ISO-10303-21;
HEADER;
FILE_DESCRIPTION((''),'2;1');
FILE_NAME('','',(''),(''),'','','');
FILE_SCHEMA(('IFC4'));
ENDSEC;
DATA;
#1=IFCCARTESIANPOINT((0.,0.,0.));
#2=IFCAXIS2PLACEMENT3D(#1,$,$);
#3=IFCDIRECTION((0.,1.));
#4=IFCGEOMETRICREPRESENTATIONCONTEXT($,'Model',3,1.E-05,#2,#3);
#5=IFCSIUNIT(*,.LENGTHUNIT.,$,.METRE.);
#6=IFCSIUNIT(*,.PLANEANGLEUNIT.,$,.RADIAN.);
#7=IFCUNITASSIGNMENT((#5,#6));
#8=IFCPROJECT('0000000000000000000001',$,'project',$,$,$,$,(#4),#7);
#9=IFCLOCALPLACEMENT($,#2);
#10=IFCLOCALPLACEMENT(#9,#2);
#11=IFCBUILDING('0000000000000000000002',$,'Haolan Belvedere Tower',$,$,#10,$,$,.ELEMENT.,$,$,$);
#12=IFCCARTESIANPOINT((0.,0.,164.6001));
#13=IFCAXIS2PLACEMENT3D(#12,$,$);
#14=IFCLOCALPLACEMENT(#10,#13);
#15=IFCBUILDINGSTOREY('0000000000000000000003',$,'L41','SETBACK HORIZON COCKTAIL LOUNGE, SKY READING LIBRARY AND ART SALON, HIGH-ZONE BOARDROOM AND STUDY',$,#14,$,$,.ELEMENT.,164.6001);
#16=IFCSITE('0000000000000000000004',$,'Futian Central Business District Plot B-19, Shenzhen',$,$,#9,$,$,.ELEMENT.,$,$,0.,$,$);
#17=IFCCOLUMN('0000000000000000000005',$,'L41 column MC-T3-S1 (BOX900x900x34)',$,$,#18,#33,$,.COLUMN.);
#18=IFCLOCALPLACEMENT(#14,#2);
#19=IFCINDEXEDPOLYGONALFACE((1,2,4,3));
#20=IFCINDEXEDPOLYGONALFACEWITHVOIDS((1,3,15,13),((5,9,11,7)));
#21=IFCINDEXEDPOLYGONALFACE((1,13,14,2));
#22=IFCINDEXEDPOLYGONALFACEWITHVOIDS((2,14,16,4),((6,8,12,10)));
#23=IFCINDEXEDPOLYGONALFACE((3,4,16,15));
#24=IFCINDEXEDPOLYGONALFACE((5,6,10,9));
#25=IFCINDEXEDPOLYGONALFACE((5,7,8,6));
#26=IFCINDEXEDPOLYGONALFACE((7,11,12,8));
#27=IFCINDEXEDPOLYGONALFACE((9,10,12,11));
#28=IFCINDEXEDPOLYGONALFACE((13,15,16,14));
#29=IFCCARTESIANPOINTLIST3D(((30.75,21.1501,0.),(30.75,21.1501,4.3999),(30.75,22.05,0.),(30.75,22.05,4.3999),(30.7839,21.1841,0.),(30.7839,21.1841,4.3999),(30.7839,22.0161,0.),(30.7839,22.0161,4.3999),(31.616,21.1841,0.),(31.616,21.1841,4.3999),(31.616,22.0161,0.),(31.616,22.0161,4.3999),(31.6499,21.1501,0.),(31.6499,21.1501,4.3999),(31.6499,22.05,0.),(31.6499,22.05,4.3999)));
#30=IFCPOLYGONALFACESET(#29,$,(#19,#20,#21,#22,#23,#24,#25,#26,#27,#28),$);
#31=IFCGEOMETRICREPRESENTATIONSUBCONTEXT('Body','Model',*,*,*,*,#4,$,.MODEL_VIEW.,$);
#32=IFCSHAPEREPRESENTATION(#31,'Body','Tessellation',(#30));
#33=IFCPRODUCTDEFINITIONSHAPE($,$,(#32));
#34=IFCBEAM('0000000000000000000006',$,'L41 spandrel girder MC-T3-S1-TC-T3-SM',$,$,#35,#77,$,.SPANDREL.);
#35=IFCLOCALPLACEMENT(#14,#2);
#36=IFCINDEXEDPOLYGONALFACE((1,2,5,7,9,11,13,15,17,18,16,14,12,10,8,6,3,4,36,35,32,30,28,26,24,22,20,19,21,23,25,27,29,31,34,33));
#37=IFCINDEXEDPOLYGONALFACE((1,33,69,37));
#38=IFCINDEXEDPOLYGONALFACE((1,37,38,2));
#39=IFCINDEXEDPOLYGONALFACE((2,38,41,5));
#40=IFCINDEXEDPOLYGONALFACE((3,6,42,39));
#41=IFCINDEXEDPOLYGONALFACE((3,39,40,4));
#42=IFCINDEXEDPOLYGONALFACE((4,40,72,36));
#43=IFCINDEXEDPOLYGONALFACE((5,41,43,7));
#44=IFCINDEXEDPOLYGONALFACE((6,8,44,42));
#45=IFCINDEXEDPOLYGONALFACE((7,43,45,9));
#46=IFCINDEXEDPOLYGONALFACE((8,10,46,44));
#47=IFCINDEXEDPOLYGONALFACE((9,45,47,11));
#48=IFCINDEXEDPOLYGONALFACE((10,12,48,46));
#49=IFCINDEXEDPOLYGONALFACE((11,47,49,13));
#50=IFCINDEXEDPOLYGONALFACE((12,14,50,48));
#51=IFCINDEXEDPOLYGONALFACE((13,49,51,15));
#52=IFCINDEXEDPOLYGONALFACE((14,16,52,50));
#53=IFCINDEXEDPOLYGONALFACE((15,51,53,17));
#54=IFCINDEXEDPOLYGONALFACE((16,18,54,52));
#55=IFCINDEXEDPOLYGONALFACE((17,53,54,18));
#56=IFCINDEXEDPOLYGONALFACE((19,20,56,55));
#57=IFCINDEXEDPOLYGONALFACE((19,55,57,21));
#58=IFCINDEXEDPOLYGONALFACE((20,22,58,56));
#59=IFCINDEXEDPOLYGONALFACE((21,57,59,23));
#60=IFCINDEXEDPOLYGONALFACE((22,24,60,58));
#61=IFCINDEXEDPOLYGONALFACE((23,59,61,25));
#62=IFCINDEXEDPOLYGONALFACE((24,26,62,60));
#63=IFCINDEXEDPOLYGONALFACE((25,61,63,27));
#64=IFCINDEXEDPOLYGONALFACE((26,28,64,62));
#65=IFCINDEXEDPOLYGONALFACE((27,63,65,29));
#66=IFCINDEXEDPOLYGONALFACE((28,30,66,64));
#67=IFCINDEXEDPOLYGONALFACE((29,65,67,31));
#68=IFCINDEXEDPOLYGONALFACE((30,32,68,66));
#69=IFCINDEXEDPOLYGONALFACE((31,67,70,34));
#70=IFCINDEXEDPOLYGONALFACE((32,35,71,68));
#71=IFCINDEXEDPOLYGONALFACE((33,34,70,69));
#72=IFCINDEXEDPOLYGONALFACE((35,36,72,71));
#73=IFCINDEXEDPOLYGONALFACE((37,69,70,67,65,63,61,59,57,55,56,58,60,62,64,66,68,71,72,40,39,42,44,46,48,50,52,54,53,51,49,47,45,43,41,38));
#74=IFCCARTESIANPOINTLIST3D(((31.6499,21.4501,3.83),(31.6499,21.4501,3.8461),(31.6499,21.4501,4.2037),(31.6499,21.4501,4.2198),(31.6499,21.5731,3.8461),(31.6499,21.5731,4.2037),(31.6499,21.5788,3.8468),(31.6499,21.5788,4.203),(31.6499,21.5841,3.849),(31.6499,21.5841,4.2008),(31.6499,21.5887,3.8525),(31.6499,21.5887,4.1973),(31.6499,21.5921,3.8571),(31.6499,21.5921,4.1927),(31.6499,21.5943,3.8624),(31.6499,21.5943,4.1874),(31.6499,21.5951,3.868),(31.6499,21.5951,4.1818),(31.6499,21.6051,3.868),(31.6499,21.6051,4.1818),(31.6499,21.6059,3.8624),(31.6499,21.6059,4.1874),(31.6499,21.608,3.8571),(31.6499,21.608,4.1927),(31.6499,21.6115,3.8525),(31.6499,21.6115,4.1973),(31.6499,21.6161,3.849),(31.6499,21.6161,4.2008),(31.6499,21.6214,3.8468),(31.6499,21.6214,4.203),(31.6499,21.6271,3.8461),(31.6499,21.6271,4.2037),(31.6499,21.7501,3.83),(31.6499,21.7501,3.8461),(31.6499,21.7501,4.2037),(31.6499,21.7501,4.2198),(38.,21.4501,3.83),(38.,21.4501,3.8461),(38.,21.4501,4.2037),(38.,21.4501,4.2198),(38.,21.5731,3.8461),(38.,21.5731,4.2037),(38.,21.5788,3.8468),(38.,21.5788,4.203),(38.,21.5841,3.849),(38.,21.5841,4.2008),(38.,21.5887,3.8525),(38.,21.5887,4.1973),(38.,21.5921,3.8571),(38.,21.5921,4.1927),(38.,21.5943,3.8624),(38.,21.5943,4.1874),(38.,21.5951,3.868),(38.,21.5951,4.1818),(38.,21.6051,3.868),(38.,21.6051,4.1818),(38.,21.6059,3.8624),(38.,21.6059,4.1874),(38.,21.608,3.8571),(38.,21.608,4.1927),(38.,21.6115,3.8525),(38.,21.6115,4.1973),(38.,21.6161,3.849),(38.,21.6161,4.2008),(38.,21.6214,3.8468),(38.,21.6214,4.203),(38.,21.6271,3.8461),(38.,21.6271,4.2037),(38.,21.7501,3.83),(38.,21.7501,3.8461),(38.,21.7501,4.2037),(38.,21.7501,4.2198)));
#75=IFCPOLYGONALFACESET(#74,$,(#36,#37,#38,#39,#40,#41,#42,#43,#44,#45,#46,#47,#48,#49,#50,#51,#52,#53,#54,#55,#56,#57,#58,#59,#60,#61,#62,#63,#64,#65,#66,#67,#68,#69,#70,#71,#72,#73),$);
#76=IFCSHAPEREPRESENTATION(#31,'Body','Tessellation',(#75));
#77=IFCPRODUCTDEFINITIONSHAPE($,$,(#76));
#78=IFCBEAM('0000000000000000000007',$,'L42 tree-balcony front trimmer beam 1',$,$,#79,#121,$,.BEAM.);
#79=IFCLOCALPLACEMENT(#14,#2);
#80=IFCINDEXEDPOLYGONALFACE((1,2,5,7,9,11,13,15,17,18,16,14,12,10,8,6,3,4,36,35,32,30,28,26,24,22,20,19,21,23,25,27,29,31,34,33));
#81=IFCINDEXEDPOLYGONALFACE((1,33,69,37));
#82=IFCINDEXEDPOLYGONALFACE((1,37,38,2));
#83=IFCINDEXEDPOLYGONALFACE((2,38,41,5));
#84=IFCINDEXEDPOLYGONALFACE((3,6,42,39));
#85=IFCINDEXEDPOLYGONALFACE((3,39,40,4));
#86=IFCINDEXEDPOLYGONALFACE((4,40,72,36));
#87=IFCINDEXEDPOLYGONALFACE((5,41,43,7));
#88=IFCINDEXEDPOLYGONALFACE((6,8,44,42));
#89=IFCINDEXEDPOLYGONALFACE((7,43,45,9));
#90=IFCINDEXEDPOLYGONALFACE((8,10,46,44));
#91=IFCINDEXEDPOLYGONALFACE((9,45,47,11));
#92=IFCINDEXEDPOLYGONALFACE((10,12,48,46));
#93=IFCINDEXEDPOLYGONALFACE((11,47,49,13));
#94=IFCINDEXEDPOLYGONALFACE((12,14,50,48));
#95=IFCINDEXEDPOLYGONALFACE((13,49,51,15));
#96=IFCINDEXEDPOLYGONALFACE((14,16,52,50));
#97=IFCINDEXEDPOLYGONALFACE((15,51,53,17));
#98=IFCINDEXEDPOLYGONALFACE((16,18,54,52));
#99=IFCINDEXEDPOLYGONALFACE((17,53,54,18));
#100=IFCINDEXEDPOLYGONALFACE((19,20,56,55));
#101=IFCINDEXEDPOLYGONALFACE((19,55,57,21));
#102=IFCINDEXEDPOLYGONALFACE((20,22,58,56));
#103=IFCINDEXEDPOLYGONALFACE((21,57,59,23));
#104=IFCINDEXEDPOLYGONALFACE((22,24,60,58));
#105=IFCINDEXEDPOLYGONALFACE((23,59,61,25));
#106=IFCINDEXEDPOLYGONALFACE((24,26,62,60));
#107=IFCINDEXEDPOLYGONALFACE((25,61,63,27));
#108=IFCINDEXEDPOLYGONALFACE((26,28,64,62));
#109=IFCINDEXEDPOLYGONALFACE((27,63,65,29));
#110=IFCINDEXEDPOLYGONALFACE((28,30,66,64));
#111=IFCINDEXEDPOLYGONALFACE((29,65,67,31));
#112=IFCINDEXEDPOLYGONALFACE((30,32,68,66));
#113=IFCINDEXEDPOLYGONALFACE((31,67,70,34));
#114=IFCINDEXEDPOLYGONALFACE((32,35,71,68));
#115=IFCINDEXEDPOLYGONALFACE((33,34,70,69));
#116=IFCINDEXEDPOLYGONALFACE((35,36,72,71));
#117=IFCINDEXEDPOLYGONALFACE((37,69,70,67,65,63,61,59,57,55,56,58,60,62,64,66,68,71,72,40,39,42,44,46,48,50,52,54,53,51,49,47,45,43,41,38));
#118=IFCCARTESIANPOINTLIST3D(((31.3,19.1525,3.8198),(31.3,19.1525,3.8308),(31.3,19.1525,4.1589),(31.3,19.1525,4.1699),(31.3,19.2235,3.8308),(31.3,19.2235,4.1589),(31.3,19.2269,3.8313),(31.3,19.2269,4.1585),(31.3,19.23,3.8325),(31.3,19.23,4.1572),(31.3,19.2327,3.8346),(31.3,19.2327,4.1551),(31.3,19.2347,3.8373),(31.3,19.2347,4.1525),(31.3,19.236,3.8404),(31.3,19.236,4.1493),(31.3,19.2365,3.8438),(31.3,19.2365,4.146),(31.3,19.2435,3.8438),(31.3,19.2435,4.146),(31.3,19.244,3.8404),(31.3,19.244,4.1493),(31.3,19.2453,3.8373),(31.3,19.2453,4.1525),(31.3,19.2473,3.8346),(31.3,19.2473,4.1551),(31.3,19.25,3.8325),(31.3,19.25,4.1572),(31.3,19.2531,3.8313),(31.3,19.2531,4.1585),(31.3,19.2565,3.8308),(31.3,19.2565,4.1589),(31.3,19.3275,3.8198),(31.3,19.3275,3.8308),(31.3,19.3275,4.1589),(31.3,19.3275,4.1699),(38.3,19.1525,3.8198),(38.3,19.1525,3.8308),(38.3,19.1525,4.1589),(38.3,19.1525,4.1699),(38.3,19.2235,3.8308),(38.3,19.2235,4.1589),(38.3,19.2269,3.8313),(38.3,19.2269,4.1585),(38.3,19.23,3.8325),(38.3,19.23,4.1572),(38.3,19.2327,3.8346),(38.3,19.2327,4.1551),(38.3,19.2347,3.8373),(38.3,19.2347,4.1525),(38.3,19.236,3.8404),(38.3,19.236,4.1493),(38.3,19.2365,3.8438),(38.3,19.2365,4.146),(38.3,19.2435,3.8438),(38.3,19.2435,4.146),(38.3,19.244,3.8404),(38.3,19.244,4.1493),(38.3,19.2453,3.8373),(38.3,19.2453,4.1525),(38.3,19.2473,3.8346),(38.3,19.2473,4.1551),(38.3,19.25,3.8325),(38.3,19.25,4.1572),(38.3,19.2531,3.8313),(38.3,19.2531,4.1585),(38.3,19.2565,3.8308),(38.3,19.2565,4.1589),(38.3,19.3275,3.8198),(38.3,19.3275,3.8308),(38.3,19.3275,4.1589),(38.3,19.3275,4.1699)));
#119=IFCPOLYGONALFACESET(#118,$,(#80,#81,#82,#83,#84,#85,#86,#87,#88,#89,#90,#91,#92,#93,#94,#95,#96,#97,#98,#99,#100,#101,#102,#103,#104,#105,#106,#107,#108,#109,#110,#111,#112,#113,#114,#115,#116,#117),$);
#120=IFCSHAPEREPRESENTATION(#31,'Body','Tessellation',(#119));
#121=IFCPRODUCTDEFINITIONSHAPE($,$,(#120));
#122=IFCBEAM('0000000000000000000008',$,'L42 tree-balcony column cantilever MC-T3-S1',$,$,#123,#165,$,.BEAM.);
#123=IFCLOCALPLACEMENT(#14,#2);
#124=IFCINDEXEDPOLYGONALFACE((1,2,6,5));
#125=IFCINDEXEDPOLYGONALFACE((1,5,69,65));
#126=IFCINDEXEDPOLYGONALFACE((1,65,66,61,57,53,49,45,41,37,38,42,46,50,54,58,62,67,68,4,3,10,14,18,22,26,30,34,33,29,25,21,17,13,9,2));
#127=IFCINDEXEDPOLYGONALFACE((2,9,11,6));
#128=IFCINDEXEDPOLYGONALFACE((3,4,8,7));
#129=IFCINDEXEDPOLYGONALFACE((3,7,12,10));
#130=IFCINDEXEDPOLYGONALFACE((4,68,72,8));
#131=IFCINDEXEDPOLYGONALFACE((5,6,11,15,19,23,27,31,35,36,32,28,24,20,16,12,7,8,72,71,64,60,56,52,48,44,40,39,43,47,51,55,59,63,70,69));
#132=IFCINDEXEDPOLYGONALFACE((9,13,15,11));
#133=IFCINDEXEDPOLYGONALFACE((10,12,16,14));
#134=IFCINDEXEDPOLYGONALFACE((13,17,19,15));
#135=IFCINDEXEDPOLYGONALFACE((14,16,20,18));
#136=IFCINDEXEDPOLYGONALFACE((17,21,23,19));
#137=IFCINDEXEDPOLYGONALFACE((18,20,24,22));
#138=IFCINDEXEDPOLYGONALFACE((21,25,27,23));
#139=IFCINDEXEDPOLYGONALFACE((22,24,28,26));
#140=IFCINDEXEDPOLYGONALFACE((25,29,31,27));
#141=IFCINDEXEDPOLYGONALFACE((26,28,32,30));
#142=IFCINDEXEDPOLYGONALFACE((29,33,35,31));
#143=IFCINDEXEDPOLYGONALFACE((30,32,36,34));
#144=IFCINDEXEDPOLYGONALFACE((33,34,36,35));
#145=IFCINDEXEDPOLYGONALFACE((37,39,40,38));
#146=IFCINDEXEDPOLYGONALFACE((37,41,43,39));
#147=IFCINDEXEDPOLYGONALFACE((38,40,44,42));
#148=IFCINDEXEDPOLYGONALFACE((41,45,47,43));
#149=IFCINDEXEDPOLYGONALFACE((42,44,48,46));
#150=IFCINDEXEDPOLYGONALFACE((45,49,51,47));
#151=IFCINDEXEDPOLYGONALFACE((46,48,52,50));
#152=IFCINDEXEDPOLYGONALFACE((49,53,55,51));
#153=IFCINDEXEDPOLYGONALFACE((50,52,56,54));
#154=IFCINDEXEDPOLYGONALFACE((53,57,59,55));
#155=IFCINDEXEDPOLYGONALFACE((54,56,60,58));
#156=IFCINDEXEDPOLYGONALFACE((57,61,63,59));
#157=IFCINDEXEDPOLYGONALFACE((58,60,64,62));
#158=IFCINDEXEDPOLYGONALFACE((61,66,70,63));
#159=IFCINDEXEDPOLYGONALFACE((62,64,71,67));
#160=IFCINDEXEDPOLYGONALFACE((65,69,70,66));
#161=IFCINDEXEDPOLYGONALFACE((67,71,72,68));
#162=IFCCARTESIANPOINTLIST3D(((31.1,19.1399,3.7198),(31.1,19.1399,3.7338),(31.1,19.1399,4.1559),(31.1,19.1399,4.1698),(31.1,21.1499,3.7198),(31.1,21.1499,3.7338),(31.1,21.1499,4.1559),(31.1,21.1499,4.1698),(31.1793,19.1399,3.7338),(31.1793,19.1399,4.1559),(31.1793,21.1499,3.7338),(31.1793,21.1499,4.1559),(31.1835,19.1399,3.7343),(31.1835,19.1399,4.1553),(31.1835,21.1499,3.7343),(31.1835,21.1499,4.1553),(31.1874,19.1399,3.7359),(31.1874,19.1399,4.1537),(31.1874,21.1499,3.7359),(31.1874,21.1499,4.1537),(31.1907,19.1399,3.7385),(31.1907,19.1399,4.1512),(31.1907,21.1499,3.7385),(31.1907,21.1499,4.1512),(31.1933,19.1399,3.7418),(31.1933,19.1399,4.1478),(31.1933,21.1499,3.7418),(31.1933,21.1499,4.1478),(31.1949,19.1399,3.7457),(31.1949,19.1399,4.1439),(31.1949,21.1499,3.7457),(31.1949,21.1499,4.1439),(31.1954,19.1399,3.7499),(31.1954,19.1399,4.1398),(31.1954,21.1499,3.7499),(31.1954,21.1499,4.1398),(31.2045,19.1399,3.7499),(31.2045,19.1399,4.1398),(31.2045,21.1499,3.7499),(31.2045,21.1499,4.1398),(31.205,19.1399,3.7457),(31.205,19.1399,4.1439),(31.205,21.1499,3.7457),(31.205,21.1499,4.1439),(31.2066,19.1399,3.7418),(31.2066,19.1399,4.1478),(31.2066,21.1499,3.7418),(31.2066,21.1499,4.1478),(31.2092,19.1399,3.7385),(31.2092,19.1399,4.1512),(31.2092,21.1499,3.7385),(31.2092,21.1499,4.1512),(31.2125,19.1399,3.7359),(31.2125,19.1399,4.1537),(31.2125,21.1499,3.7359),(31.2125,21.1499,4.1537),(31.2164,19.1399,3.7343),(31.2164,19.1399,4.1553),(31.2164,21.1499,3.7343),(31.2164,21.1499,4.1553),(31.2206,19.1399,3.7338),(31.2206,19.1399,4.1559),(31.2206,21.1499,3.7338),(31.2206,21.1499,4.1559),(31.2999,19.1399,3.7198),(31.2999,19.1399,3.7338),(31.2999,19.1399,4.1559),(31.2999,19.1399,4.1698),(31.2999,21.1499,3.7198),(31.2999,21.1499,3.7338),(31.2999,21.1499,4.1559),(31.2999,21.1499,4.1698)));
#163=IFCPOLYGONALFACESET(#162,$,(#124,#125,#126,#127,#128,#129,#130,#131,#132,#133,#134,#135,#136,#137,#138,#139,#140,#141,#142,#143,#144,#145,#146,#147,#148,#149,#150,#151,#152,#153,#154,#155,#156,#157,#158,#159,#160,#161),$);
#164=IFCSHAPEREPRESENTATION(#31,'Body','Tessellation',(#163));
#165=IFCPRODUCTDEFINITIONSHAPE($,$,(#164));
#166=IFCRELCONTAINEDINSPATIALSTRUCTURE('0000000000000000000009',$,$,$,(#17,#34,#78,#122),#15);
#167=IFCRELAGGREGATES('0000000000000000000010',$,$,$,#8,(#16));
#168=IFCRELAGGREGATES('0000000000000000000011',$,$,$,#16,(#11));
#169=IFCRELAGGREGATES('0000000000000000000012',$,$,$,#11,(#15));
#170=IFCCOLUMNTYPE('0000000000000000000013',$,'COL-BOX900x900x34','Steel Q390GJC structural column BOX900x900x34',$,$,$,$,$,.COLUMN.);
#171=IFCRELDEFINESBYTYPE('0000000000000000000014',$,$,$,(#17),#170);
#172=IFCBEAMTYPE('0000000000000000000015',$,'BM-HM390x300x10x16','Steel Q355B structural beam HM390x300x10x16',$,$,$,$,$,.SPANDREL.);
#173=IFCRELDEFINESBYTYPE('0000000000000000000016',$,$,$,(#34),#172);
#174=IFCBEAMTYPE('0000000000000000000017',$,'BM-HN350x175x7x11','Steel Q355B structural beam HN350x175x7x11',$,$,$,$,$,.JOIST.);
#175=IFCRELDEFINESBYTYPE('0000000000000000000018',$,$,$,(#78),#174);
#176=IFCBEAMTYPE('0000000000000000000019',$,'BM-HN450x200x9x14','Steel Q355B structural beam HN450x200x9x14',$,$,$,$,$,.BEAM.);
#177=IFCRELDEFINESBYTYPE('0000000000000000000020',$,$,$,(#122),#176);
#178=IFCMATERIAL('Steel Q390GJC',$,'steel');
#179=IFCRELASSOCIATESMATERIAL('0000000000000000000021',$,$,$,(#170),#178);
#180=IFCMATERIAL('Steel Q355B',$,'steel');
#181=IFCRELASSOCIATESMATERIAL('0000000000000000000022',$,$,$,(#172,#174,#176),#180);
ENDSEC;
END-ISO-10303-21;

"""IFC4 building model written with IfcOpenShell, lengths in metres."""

from ifc_helpers import new_model, si_unit, direction, frame, origin, origin_2d, place, context, subcontext, project, spatial, hollow_rectangle, i_section, extrude, material, material_profile, profile_set, type_object, element, save


model = new_model("IFC4")

# Units and contexts
model_context = context("Model", 3, precision=1e-05, world=origin(), true_north=direction((0.0, 1.0)))
body_context = subcontext(model_context, "Body", "Model", "MODEL_VIEW")
ifc_project = project(units=[si_unit("LENGTHUNIT", "METRE"), si_unit("PLANEANGLEUNIT", "RADIAN")], contexts=[model_context])

# Site, building, storey
site_placement = place(None, origin())
site = spatial("IfcSite", under=ifc_project, at=site_placement, Name="Futian Central Business District Plot B-19, Shenzhen", CompositionType="ELEMENT", RefElevation=0.0)
building_placement = place(site_placement, origin())
building = spatial("IfcBuilding", under=site, at=building_placement, Name="Haolan Belvedere Tower", CompositionType="ELEMENT")
storey_placement = place(building_placement, frame((0.0, 0.0, 164.6001)))
storey = spatial("IfcBuildingStorey", under=building, at=storey_placement, Name="L41", Description="SETBACK HORIZON COCKTAIL LOUNGE, SKY READING LIBRARY AND ART SALON, HIGH-ZONE BOARDROOM AND STUDY", CompositionType="ELEMENT", Elevation=164.6001)

# Column
ifc_material_1 = material(Name="Steel Q390GJC", Category="steel")
ifc_material_profile_1 = material_profile(ifc_material_1, hollow_rectangle(XDim=0.8999, YDim=0.8999, WallThickness=0.0339, at=origin_2d()), Name="Steel Q390GJC")
ifc_profile_set_1 = profile_set([ifc_material_profile_1], Name="Steel Q390GJC")
column_type = type_object("IfcColumnType", Name="COL-BOX900x900x34", Description="Steel Q390GJC structural column BOX900x900x34", PredefinedType="COLUMN", material=ifc_profile_set_1)
column_placement = place(storey_placement, frame((31.2, 21.6001, 0.0), z_axis=(0.0, 0.0, 1.0), x_axis=(1.0, 0.0, 0.0)))
element("IfcColumn", 1, at=column_placement, inside=storey, type_object=column_type, Name="L41 column MC-T3-S1 (BOX900x900x34)", PredefinedType="COLUMN", context=body_context, shape_type="SweptSolid", body=[
    extrude(hollow_rectangle(XDim=0.8999, YDim=0.8999, WallThickness=0.0339, at=origin_2d()), origin(), (0.0, 0.0, 1.0), 4.3999),
])

# Beams
ifc_material_2 = material(Name="Steel Q355B", Category="steel")
ifc_material_profile_2 = material_profile(ifc_material_2, i_section(OverallWidth=0.3, OverallDepth=0.3899, WebThickness=0.01, FlangeThickness=0.0161, FilletRadius=0.022, at=origin_2d()), Name="Steel Q355B")
ifc_profile_set_2 = profile_set([ifc_material_profile_2], Name="Steel Q355B")
beam_type_1 = type_object("IfcBeamType", Name="BM-HM390x300x10x16", Description="Steel Q355B structural beam HM390x300x10x16", PredefinedType="SPANDREL", material=ifc_profile_set_2)
beam_1_placement = place(storey_placement, frame((31.6499, 21.6001, 4.0249), z_axis=(1.0, 0.0, 0.0), x_axis=(0.0, 1.0, 0.0)))
element("IfcBeam", 2, at=beam_1_placement, inside=storey, type_object=beam_type_1, Name="L41 spandrel girder MC-T3-S1-TC-T3-SM", PredefinedType="SPANDREL", context=body_context, shape_type="SweptSolid", body=[
    extrude(i_section(OverallWidth=0.3, OverallDepth=0.3899, WebThickness=0.01, FlangeThickness=0.0161, FilletRadius=0.022, at=origin_2d()), origin(), (0.0, 0.0, 1.0), 6.3501),
])
ifc_material_profile_3 = material_profile(ifc_material_2, i_section(OverallWidth=0.175, OverallDepth=0.3501, WebThickness=0.0071, FlangeThickness=0.011, FilletRadius=0.0129, at=origin_2d()), Name="Steel Q355B")
ifc_profile_set_3 = profile_set([ifc_material_profile_3], Name="Steel Q355B")
beam_type_2 = type_object("IfcBeamType", Name="BM-HN350x175x7x11", Description="Steel Q355B structural beam HN350x175x7x11", PredefinedType="JOIST", material=ifc_profile_set_3)
beam_2_placement = place(storey_placement, frame((31.3, 19.24, 3.9949), z_axis=(1.0, 0.0, 0.0), x_axis=(0.0, 1.0, 0.0)))
element("IfcBeam", 3, at=beam_2_placement, inside=storey, type_object=beam_type_2, Name="L42 tree-balcony front trimmer beam 1", PredefinedType="BEAM", context=body_context, shape_type="SweptSolid", body=[
    extrude(i_section(OverallWidth=0.175, OverallDepth=0.3501, WebThickness=0.0071, FlangeThickness=0.011, FilletRadius=0.0129, at=origin_2d()), origin(), (0.0, 0.0, 1.0), 7.0),
])
ifc_material_profile_4 = material_profile(ifc_material_2, i_section(OverallWidth=0.2, OverallDepth=0.45, WebThickness=0.009, FlangeThickness=0.0139, FilletRadius=0.0161, at=origin_2d()), Name="Steel Q355B")
ifc_profile_set_4 = profile_set([ifc_material_profile_4], Name="Steel Q355B")
beam_type_3 = type_object("IfcBeamType", Name="BM-HN450x200x9x14", Description="Steel Q355B structural beam HN450x200x9x14", PredefinedType="BEAM", material=ifc_profile_set_4)
beam_3_placement = place(storey_placement, frame((31.2, 21.1499, 3.9448), z_axis=(0.0, -1.0, 0.0), x_axis=(1.0, 0.0, 0.0)))
element("IfcBeam", 4, at=beam_3_placement, inside=storey, type_object=beam_type_3, Name="L42 tree-balcony column cantilever MC-T3-S1", PredefinedType="BEAM", context=body_context, shape_type="SweptSolid", body=[
    extrude(i_section(OverallWidth=0.2, OverallDepth=0.45, WebThickness=0.009, FlangeThickness=0.0139, FilletRadius=0.0161, at=origin_2d()), origin(), (0.0, 0.0, 1.0), 2.01),
])

save(model, "model.ifc")
